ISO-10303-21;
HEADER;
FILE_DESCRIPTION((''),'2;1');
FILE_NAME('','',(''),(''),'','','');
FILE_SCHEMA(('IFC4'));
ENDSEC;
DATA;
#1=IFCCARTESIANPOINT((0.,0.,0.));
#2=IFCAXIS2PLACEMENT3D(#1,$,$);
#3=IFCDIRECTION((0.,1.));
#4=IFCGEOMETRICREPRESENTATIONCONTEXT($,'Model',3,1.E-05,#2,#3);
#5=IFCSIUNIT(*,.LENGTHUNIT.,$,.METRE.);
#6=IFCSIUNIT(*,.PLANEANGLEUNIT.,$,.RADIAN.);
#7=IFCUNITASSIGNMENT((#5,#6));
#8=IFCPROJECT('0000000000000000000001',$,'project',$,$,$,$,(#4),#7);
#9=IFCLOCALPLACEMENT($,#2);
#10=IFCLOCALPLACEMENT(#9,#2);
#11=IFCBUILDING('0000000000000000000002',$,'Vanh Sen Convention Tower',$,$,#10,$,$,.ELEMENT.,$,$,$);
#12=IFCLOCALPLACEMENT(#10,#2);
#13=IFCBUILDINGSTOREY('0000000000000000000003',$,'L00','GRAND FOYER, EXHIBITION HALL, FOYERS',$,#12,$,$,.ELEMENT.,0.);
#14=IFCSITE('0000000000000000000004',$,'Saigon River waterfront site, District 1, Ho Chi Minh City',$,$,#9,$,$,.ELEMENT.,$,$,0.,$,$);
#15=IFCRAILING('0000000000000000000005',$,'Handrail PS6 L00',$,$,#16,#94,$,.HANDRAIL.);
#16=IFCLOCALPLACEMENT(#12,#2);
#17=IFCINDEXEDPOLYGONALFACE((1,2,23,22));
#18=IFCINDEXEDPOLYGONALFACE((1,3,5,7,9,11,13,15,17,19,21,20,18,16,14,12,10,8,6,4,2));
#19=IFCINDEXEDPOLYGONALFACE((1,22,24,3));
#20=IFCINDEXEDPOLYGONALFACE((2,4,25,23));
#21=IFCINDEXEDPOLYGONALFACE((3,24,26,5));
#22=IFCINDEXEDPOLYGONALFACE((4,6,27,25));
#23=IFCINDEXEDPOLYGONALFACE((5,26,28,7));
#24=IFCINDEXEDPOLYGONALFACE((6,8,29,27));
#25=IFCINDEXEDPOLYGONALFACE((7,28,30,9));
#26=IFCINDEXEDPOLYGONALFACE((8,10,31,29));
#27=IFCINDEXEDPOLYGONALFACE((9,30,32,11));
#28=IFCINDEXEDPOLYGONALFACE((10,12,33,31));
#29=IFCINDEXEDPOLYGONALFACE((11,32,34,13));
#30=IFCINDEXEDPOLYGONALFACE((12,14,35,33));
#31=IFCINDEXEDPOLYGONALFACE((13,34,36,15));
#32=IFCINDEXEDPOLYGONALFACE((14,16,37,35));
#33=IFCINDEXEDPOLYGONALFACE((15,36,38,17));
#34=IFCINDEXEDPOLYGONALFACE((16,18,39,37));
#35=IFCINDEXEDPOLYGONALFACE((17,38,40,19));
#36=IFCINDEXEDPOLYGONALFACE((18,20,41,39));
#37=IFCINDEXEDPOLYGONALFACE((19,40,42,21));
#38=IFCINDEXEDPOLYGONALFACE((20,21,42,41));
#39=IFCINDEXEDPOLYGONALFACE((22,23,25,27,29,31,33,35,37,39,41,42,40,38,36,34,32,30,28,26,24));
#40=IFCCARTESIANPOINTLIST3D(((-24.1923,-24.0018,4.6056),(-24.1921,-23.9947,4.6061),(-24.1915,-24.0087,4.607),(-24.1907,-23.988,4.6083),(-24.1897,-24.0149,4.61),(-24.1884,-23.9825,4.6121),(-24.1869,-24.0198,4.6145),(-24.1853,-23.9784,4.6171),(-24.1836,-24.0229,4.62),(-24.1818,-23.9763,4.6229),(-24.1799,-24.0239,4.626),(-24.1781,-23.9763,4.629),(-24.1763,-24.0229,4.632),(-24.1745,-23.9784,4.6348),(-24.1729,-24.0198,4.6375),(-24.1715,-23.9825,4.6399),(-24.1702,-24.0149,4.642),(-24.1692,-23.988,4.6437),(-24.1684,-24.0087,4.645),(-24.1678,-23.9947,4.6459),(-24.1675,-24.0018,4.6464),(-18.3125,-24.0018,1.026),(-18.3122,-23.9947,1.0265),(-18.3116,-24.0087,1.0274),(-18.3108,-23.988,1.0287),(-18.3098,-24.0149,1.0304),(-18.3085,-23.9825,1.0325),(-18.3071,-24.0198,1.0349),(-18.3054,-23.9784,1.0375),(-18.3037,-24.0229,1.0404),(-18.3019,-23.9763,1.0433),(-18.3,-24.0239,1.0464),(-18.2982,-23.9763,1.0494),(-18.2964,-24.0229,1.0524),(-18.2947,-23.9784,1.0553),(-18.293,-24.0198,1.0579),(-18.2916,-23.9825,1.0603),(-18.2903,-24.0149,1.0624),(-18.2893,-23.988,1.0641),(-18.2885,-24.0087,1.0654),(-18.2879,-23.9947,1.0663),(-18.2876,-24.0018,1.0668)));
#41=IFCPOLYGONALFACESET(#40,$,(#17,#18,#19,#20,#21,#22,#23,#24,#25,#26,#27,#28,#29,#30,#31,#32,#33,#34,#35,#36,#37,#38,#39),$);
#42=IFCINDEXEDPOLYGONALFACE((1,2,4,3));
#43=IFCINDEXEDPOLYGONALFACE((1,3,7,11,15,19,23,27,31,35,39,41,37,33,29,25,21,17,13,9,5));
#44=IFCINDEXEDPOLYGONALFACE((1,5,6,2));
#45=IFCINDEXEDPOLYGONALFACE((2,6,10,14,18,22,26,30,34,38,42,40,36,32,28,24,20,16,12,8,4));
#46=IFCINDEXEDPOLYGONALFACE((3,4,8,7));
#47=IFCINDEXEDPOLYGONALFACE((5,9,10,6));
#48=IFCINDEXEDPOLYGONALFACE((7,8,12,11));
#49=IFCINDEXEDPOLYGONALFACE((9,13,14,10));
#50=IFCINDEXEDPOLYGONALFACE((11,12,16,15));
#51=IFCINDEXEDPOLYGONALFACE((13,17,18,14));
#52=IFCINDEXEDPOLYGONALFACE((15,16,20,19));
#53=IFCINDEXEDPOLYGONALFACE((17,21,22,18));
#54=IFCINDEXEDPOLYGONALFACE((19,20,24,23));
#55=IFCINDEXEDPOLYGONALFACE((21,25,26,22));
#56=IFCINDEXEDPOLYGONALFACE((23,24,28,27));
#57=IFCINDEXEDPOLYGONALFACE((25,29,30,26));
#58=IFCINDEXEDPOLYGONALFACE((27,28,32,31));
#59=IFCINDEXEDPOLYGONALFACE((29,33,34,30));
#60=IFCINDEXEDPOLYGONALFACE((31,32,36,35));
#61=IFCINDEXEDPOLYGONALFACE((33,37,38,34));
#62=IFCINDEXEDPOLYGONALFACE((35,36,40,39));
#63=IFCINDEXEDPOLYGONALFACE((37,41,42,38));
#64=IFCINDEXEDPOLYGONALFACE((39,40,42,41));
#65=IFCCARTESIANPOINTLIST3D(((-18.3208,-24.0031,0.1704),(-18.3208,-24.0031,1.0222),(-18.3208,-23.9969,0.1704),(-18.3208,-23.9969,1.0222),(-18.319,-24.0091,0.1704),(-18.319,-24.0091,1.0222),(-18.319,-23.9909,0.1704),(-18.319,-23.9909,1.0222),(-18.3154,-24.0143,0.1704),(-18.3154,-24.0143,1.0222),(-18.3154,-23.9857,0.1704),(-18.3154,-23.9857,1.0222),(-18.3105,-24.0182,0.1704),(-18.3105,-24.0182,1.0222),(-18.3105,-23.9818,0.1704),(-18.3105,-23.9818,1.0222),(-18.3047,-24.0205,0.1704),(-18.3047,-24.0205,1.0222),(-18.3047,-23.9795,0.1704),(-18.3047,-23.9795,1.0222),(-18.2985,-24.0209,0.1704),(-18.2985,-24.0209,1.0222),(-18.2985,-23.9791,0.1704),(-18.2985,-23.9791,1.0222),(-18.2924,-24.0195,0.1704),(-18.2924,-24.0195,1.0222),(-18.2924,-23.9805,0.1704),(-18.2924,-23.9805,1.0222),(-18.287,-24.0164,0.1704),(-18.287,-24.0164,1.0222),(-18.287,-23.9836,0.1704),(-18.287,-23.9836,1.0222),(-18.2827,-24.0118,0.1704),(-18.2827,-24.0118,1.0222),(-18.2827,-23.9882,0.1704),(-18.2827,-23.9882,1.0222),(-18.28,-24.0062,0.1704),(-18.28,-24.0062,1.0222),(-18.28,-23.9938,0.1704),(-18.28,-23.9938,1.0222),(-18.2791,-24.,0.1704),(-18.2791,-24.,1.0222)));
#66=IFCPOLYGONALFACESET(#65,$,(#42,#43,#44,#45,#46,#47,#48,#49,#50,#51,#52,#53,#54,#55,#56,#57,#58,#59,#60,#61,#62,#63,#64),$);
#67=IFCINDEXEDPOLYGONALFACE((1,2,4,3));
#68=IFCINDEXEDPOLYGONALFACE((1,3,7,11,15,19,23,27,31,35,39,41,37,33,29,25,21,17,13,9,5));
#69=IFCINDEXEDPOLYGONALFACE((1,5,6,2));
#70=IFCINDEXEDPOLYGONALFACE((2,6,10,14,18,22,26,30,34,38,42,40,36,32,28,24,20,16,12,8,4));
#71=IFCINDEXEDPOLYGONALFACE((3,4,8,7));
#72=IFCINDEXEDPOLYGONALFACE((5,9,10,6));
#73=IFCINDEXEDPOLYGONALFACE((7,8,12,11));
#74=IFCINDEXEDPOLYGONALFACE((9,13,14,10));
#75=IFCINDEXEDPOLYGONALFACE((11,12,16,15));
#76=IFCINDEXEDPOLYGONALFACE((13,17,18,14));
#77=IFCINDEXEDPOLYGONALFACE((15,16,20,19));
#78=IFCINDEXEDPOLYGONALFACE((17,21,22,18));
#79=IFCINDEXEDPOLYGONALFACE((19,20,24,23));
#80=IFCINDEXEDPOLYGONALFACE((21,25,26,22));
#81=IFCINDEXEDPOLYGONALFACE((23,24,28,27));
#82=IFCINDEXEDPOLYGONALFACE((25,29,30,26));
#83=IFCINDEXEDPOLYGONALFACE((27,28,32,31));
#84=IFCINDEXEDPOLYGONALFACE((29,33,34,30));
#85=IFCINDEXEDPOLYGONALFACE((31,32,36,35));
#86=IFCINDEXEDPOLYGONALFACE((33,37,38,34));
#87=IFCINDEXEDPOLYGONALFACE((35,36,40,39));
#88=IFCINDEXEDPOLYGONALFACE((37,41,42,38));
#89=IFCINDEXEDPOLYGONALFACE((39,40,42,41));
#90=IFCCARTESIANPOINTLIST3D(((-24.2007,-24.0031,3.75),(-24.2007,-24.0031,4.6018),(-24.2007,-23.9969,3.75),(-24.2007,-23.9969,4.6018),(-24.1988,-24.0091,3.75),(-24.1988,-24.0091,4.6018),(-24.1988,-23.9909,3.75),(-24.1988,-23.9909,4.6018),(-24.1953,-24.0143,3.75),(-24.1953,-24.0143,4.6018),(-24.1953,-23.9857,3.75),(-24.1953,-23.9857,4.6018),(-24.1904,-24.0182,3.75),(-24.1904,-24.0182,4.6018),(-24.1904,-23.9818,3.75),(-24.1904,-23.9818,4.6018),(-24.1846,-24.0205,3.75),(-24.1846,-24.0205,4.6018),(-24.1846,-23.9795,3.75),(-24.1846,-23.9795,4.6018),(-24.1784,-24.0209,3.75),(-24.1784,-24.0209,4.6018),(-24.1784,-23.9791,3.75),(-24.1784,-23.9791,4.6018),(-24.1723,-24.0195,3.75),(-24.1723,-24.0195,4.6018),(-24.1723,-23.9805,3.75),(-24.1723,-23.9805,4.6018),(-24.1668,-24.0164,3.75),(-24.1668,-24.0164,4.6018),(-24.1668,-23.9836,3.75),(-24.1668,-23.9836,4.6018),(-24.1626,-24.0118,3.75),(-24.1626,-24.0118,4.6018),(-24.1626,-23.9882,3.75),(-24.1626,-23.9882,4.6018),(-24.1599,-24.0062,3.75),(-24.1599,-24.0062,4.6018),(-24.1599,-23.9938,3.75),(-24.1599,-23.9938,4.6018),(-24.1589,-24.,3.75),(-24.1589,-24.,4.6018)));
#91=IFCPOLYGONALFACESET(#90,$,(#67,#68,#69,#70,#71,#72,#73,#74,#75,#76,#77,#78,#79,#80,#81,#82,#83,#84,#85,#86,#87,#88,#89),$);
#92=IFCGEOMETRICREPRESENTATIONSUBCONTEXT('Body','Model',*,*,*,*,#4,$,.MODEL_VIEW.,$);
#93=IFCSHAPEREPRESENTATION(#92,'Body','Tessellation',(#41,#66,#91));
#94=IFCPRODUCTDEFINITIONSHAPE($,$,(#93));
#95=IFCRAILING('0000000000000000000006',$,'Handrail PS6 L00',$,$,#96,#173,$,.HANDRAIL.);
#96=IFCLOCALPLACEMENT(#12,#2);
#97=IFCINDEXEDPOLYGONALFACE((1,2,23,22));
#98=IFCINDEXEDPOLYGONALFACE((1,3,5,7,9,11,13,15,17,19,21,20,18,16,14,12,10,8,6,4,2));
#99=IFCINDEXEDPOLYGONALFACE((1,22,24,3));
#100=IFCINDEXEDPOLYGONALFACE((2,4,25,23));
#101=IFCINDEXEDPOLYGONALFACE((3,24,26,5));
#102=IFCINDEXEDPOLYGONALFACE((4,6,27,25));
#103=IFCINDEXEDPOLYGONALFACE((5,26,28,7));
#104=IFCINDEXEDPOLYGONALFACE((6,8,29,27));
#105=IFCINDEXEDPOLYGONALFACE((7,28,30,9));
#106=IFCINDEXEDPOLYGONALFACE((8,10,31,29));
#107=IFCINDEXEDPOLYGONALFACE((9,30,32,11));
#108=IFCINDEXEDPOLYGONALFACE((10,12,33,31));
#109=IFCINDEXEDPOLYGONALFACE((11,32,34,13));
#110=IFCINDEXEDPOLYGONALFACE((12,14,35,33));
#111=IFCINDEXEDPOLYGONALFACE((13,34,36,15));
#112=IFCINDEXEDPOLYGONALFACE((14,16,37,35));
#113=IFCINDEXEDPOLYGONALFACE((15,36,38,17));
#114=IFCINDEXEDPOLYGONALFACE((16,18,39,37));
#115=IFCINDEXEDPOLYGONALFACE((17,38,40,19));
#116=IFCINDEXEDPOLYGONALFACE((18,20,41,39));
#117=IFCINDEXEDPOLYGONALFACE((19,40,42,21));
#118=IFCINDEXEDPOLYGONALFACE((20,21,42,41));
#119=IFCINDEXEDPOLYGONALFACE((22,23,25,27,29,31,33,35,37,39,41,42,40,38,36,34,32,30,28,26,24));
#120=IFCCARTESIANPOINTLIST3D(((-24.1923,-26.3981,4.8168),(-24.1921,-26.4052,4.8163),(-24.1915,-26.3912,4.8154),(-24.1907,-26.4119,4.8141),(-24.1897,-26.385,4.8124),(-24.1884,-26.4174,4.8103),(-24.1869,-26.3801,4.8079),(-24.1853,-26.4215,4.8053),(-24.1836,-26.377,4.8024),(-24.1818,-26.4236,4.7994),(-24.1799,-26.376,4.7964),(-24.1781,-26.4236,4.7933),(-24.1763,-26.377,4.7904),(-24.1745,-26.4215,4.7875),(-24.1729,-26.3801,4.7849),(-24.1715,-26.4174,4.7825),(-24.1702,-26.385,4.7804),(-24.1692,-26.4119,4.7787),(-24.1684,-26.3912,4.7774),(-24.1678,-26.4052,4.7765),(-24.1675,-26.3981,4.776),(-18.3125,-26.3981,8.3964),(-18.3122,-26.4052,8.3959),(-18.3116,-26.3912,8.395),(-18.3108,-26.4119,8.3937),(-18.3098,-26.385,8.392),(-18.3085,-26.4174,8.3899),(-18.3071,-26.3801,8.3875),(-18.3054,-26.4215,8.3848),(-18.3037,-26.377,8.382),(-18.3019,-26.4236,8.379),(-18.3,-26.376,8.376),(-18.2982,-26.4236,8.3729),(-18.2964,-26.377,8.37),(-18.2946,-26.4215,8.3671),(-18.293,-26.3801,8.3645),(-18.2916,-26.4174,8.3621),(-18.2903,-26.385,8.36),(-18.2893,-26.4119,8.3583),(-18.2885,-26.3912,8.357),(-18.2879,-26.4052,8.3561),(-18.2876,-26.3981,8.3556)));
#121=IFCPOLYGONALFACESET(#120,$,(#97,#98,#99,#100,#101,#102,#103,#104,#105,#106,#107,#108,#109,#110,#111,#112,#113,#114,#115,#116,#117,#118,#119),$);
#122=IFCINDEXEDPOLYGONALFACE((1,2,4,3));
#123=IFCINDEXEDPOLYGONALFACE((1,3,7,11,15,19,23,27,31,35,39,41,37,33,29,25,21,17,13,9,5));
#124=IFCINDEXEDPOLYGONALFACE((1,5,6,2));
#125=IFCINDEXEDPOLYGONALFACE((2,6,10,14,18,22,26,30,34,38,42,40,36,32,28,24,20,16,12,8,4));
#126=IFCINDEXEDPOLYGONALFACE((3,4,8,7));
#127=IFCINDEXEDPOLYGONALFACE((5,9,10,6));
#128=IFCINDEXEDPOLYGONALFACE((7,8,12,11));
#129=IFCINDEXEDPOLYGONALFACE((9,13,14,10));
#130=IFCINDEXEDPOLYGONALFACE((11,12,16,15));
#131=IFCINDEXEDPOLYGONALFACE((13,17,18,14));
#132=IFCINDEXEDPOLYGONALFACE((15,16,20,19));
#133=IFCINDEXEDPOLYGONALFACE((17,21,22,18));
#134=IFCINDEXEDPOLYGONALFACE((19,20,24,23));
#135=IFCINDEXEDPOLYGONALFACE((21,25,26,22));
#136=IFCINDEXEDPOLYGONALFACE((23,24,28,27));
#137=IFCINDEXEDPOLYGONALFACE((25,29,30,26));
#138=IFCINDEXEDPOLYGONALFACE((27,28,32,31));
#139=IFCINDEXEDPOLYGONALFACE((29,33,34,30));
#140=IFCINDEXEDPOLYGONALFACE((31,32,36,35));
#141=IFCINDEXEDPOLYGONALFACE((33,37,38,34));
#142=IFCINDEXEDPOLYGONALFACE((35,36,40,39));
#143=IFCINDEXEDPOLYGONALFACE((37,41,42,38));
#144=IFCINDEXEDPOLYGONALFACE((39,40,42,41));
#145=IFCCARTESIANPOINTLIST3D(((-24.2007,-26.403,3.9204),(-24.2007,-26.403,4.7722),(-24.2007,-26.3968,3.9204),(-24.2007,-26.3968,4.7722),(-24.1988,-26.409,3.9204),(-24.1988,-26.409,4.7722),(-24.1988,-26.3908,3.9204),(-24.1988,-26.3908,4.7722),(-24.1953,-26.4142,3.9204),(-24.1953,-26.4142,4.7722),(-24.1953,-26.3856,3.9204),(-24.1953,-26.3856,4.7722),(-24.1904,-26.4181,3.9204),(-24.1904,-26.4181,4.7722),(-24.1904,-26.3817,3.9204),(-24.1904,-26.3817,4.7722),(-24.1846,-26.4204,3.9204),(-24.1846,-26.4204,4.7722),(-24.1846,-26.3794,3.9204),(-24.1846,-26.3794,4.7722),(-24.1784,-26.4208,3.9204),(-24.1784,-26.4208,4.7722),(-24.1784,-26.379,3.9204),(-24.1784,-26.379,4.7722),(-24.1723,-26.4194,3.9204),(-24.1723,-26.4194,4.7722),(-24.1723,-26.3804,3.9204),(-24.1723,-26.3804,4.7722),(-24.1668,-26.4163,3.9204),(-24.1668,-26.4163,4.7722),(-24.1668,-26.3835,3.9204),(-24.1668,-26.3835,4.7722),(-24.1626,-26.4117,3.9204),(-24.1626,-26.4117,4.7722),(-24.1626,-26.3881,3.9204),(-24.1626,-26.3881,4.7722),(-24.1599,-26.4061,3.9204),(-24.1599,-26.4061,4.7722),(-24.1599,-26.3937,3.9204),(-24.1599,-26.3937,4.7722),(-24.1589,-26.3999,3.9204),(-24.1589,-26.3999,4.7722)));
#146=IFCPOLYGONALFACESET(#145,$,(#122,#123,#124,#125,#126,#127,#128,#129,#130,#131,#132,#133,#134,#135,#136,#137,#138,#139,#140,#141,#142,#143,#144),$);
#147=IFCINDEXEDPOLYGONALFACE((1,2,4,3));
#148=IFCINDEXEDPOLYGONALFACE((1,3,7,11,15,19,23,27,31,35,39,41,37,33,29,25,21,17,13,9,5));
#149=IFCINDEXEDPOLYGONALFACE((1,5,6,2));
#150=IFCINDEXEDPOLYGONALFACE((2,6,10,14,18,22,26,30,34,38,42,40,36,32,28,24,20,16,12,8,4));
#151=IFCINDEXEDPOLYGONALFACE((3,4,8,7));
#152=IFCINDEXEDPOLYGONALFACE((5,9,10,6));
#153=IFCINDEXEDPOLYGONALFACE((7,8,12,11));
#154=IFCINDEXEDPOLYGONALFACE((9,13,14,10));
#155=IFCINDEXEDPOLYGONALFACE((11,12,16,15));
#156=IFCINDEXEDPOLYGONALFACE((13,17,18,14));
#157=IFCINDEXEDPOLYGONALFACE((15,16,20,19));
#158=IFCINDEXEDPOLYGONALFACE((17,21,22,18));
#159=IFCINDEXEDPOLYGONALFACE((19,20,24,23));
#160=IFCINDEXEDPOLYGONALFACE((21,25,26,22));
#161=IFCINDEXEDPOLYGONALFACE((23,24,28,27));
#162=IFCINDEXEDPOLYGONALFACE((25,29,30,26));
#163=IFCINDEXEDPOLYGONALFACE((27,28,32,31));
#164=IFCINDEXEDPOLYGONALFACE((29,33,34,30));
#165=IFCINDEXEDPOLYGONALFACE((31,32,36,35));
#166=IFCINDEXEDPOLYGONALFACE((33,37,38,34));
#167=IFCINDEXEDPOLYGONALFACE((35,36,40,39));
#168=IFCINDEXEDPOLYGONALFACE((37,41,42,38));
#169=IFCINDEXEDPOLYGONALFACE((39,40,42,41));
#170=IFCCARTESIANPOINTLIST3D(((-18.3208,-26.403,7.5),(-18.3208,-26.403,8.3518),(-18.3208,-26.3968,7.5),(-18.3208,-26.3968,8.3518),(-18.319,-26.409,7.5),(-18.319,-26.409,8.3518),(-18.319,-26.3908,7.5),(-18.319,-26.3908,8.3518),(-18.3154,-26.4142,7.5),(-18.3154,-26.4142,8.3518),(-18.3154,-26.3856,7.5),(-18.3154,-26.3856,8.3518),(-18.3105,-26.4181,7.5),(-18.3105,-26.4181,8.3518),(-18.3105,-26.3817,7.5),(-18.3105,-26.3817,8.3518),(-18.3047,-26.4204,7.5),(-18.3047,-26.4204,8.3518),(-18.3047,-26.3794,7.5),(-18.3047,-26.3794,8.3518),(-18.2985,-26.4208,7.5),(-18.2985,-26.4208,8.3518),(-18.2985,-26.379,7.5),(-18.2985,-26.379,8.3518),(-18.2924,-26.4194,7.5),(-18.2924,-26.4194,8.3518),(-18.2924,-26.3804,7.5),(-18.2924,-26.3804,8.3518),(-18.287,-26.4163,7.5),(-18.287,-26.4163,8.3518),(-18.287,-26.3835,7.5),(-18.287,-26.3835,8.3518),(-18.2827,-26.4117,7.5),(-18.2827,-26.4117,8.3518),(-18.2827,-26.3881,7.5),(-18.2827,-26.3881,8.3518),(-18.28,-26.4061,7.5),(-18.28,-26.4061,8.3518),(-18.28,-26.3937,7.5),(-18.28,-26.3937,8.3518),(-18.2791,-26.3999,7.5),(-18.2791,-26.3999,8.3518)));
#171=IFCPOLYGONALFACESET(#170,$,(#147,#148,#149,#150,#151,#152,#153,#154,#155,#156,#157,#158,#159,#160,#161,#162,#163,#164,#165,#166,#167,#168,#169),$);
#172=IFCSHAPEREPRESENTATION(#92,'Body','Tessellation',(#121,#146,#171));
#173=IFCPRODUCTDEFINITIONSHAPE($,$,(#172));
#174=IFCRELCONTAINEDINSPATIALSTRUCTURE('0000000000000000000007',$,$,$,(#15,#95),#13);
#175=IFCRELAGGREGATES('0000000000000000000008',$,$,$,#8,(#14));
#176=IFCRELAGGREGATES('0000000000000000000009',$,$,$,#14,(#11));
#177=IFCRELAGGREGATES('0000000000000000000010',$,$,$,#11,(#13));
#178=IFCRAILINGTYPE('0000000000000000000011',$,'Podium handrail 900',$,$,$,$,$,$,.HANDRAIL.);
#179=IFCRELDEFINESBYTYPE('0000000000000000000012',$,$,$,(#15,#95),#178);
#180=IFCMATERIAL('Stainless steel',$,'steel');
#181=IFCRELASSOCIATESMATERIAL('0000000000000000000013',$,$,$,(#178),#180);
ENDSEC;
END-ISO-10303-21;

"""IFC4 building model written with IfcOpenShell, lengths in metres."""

from ifc_helpers import new_model, si_unit, direction, frame, origin, origin_2d, place, context, subcontext, project, spatial, circle, extrude, material, type_object, element, save


model = new_model("IFC4")

# Units and contexts
model_context = context("Model", 3, precision=1e-05, world=origin(), true_north=direction((0.0, 1.0)))
body_context = subcontext(model_context, "Body", "Model", "MODEL_VIEW")
ifc_project = project(units=[si_unit("LENGTHUNIT", "METRE"), si_unit("PLANEANGLEUNIT", "RADIAN")], contexts=[model_context])

# Site, building, storey
site_placement = place(None, origin())
site = spatial("IfcSite", under=ifc_project, at=site_placement, Name="Saigon River waterfront site, District 1, Ho Chi Minh City", CompositionType="ELEMENT", RefElevation=0.0)
building_placement = place(site_placement, origin())
building = spatial("IfcBuilding", under=site, at=building_placement, Name="Vanh Sen Convention Tower", CompositionType="ELEMENT")
storey_placement = place(building_placement, origin())
storey = spatial("IfcBuildingStorey", under=building, at=storey_placement, Name="L00", Description="GRAND FOYER, EXHIBITION HALL, FOYERS", CompositionType="ELEMENT", Elevation=0.0)

# Railings
ifc_material_1 = material(Name="Stainless steel", Category="steel")
railing_type = type_object("IfcRailingType", Name="Podium handrail 900", PredefinedType="HANDRAIL", material=ifc_material_1)
for number, where, name in (
    (1, (-18.3, -24.0, 0.1704), "Handrail PS6 L00"),
):
    element("IfcRailing", number, at=place(storey_placement, frame(where)), inside=storey, type_object=railing_type, Name=name, PredefinedType="HANDRAIL", context=body_context, shape_type="SweptSolid", body=[
        extrude(circle(Radius=0.0239, at=origin_2d()), frame((0.0, 0.0, 0.876), z_axis=(-0.854164, 0.0, 0.520003), x_axis=(0.0, -1.0, 0.0)), (0.0, 0.0, 1.0), 6.8838),
        extrude(circle(Radius=0.021, at=origin_2d()), origin(), (0.0, 0.0, 1.0), 0.8518),
        extrude(circle(Radius=0.021, at=origin_2d()), frame((-5.8799, 0.0, 3.5796)), (0.0, 0.0, 1.0), 0.8518),
    ])
for number, where, name in (
    (2, (-24.1799, -26.3999, 3.9204), "Handrail PS6 L00"),
):
    element("IfcRailing", number, at=place(storey_placement, frame(where)), inside=storey, type_object=railing_type, Name=name, PredefinedType="HANDRAIL", context=body_context, shape_type="SweptSolid", body=[
        extrude(circle(Radius=0.0239, at=origin_2d()), frame((0.0, 0.0, 0.876), z_axis=(0.854164, 0.0, 0.520003), x_axis=(0.0, 1.0, 0.0)), (0.0, 0.0, 1.0), 6.8838),
        extrude(circle(Radius=0.021, at=origin_2d()), origin(), (0.0, 0.0, 1.0), 0.8518),
        extrude(circle(Radius=0.021, at=origin_2d()), frame((5.8799, 0.0, 3.5796)), (0.0, 0.0, 1.0), 0.8518),
    ])

save(model, "model.ifc")
